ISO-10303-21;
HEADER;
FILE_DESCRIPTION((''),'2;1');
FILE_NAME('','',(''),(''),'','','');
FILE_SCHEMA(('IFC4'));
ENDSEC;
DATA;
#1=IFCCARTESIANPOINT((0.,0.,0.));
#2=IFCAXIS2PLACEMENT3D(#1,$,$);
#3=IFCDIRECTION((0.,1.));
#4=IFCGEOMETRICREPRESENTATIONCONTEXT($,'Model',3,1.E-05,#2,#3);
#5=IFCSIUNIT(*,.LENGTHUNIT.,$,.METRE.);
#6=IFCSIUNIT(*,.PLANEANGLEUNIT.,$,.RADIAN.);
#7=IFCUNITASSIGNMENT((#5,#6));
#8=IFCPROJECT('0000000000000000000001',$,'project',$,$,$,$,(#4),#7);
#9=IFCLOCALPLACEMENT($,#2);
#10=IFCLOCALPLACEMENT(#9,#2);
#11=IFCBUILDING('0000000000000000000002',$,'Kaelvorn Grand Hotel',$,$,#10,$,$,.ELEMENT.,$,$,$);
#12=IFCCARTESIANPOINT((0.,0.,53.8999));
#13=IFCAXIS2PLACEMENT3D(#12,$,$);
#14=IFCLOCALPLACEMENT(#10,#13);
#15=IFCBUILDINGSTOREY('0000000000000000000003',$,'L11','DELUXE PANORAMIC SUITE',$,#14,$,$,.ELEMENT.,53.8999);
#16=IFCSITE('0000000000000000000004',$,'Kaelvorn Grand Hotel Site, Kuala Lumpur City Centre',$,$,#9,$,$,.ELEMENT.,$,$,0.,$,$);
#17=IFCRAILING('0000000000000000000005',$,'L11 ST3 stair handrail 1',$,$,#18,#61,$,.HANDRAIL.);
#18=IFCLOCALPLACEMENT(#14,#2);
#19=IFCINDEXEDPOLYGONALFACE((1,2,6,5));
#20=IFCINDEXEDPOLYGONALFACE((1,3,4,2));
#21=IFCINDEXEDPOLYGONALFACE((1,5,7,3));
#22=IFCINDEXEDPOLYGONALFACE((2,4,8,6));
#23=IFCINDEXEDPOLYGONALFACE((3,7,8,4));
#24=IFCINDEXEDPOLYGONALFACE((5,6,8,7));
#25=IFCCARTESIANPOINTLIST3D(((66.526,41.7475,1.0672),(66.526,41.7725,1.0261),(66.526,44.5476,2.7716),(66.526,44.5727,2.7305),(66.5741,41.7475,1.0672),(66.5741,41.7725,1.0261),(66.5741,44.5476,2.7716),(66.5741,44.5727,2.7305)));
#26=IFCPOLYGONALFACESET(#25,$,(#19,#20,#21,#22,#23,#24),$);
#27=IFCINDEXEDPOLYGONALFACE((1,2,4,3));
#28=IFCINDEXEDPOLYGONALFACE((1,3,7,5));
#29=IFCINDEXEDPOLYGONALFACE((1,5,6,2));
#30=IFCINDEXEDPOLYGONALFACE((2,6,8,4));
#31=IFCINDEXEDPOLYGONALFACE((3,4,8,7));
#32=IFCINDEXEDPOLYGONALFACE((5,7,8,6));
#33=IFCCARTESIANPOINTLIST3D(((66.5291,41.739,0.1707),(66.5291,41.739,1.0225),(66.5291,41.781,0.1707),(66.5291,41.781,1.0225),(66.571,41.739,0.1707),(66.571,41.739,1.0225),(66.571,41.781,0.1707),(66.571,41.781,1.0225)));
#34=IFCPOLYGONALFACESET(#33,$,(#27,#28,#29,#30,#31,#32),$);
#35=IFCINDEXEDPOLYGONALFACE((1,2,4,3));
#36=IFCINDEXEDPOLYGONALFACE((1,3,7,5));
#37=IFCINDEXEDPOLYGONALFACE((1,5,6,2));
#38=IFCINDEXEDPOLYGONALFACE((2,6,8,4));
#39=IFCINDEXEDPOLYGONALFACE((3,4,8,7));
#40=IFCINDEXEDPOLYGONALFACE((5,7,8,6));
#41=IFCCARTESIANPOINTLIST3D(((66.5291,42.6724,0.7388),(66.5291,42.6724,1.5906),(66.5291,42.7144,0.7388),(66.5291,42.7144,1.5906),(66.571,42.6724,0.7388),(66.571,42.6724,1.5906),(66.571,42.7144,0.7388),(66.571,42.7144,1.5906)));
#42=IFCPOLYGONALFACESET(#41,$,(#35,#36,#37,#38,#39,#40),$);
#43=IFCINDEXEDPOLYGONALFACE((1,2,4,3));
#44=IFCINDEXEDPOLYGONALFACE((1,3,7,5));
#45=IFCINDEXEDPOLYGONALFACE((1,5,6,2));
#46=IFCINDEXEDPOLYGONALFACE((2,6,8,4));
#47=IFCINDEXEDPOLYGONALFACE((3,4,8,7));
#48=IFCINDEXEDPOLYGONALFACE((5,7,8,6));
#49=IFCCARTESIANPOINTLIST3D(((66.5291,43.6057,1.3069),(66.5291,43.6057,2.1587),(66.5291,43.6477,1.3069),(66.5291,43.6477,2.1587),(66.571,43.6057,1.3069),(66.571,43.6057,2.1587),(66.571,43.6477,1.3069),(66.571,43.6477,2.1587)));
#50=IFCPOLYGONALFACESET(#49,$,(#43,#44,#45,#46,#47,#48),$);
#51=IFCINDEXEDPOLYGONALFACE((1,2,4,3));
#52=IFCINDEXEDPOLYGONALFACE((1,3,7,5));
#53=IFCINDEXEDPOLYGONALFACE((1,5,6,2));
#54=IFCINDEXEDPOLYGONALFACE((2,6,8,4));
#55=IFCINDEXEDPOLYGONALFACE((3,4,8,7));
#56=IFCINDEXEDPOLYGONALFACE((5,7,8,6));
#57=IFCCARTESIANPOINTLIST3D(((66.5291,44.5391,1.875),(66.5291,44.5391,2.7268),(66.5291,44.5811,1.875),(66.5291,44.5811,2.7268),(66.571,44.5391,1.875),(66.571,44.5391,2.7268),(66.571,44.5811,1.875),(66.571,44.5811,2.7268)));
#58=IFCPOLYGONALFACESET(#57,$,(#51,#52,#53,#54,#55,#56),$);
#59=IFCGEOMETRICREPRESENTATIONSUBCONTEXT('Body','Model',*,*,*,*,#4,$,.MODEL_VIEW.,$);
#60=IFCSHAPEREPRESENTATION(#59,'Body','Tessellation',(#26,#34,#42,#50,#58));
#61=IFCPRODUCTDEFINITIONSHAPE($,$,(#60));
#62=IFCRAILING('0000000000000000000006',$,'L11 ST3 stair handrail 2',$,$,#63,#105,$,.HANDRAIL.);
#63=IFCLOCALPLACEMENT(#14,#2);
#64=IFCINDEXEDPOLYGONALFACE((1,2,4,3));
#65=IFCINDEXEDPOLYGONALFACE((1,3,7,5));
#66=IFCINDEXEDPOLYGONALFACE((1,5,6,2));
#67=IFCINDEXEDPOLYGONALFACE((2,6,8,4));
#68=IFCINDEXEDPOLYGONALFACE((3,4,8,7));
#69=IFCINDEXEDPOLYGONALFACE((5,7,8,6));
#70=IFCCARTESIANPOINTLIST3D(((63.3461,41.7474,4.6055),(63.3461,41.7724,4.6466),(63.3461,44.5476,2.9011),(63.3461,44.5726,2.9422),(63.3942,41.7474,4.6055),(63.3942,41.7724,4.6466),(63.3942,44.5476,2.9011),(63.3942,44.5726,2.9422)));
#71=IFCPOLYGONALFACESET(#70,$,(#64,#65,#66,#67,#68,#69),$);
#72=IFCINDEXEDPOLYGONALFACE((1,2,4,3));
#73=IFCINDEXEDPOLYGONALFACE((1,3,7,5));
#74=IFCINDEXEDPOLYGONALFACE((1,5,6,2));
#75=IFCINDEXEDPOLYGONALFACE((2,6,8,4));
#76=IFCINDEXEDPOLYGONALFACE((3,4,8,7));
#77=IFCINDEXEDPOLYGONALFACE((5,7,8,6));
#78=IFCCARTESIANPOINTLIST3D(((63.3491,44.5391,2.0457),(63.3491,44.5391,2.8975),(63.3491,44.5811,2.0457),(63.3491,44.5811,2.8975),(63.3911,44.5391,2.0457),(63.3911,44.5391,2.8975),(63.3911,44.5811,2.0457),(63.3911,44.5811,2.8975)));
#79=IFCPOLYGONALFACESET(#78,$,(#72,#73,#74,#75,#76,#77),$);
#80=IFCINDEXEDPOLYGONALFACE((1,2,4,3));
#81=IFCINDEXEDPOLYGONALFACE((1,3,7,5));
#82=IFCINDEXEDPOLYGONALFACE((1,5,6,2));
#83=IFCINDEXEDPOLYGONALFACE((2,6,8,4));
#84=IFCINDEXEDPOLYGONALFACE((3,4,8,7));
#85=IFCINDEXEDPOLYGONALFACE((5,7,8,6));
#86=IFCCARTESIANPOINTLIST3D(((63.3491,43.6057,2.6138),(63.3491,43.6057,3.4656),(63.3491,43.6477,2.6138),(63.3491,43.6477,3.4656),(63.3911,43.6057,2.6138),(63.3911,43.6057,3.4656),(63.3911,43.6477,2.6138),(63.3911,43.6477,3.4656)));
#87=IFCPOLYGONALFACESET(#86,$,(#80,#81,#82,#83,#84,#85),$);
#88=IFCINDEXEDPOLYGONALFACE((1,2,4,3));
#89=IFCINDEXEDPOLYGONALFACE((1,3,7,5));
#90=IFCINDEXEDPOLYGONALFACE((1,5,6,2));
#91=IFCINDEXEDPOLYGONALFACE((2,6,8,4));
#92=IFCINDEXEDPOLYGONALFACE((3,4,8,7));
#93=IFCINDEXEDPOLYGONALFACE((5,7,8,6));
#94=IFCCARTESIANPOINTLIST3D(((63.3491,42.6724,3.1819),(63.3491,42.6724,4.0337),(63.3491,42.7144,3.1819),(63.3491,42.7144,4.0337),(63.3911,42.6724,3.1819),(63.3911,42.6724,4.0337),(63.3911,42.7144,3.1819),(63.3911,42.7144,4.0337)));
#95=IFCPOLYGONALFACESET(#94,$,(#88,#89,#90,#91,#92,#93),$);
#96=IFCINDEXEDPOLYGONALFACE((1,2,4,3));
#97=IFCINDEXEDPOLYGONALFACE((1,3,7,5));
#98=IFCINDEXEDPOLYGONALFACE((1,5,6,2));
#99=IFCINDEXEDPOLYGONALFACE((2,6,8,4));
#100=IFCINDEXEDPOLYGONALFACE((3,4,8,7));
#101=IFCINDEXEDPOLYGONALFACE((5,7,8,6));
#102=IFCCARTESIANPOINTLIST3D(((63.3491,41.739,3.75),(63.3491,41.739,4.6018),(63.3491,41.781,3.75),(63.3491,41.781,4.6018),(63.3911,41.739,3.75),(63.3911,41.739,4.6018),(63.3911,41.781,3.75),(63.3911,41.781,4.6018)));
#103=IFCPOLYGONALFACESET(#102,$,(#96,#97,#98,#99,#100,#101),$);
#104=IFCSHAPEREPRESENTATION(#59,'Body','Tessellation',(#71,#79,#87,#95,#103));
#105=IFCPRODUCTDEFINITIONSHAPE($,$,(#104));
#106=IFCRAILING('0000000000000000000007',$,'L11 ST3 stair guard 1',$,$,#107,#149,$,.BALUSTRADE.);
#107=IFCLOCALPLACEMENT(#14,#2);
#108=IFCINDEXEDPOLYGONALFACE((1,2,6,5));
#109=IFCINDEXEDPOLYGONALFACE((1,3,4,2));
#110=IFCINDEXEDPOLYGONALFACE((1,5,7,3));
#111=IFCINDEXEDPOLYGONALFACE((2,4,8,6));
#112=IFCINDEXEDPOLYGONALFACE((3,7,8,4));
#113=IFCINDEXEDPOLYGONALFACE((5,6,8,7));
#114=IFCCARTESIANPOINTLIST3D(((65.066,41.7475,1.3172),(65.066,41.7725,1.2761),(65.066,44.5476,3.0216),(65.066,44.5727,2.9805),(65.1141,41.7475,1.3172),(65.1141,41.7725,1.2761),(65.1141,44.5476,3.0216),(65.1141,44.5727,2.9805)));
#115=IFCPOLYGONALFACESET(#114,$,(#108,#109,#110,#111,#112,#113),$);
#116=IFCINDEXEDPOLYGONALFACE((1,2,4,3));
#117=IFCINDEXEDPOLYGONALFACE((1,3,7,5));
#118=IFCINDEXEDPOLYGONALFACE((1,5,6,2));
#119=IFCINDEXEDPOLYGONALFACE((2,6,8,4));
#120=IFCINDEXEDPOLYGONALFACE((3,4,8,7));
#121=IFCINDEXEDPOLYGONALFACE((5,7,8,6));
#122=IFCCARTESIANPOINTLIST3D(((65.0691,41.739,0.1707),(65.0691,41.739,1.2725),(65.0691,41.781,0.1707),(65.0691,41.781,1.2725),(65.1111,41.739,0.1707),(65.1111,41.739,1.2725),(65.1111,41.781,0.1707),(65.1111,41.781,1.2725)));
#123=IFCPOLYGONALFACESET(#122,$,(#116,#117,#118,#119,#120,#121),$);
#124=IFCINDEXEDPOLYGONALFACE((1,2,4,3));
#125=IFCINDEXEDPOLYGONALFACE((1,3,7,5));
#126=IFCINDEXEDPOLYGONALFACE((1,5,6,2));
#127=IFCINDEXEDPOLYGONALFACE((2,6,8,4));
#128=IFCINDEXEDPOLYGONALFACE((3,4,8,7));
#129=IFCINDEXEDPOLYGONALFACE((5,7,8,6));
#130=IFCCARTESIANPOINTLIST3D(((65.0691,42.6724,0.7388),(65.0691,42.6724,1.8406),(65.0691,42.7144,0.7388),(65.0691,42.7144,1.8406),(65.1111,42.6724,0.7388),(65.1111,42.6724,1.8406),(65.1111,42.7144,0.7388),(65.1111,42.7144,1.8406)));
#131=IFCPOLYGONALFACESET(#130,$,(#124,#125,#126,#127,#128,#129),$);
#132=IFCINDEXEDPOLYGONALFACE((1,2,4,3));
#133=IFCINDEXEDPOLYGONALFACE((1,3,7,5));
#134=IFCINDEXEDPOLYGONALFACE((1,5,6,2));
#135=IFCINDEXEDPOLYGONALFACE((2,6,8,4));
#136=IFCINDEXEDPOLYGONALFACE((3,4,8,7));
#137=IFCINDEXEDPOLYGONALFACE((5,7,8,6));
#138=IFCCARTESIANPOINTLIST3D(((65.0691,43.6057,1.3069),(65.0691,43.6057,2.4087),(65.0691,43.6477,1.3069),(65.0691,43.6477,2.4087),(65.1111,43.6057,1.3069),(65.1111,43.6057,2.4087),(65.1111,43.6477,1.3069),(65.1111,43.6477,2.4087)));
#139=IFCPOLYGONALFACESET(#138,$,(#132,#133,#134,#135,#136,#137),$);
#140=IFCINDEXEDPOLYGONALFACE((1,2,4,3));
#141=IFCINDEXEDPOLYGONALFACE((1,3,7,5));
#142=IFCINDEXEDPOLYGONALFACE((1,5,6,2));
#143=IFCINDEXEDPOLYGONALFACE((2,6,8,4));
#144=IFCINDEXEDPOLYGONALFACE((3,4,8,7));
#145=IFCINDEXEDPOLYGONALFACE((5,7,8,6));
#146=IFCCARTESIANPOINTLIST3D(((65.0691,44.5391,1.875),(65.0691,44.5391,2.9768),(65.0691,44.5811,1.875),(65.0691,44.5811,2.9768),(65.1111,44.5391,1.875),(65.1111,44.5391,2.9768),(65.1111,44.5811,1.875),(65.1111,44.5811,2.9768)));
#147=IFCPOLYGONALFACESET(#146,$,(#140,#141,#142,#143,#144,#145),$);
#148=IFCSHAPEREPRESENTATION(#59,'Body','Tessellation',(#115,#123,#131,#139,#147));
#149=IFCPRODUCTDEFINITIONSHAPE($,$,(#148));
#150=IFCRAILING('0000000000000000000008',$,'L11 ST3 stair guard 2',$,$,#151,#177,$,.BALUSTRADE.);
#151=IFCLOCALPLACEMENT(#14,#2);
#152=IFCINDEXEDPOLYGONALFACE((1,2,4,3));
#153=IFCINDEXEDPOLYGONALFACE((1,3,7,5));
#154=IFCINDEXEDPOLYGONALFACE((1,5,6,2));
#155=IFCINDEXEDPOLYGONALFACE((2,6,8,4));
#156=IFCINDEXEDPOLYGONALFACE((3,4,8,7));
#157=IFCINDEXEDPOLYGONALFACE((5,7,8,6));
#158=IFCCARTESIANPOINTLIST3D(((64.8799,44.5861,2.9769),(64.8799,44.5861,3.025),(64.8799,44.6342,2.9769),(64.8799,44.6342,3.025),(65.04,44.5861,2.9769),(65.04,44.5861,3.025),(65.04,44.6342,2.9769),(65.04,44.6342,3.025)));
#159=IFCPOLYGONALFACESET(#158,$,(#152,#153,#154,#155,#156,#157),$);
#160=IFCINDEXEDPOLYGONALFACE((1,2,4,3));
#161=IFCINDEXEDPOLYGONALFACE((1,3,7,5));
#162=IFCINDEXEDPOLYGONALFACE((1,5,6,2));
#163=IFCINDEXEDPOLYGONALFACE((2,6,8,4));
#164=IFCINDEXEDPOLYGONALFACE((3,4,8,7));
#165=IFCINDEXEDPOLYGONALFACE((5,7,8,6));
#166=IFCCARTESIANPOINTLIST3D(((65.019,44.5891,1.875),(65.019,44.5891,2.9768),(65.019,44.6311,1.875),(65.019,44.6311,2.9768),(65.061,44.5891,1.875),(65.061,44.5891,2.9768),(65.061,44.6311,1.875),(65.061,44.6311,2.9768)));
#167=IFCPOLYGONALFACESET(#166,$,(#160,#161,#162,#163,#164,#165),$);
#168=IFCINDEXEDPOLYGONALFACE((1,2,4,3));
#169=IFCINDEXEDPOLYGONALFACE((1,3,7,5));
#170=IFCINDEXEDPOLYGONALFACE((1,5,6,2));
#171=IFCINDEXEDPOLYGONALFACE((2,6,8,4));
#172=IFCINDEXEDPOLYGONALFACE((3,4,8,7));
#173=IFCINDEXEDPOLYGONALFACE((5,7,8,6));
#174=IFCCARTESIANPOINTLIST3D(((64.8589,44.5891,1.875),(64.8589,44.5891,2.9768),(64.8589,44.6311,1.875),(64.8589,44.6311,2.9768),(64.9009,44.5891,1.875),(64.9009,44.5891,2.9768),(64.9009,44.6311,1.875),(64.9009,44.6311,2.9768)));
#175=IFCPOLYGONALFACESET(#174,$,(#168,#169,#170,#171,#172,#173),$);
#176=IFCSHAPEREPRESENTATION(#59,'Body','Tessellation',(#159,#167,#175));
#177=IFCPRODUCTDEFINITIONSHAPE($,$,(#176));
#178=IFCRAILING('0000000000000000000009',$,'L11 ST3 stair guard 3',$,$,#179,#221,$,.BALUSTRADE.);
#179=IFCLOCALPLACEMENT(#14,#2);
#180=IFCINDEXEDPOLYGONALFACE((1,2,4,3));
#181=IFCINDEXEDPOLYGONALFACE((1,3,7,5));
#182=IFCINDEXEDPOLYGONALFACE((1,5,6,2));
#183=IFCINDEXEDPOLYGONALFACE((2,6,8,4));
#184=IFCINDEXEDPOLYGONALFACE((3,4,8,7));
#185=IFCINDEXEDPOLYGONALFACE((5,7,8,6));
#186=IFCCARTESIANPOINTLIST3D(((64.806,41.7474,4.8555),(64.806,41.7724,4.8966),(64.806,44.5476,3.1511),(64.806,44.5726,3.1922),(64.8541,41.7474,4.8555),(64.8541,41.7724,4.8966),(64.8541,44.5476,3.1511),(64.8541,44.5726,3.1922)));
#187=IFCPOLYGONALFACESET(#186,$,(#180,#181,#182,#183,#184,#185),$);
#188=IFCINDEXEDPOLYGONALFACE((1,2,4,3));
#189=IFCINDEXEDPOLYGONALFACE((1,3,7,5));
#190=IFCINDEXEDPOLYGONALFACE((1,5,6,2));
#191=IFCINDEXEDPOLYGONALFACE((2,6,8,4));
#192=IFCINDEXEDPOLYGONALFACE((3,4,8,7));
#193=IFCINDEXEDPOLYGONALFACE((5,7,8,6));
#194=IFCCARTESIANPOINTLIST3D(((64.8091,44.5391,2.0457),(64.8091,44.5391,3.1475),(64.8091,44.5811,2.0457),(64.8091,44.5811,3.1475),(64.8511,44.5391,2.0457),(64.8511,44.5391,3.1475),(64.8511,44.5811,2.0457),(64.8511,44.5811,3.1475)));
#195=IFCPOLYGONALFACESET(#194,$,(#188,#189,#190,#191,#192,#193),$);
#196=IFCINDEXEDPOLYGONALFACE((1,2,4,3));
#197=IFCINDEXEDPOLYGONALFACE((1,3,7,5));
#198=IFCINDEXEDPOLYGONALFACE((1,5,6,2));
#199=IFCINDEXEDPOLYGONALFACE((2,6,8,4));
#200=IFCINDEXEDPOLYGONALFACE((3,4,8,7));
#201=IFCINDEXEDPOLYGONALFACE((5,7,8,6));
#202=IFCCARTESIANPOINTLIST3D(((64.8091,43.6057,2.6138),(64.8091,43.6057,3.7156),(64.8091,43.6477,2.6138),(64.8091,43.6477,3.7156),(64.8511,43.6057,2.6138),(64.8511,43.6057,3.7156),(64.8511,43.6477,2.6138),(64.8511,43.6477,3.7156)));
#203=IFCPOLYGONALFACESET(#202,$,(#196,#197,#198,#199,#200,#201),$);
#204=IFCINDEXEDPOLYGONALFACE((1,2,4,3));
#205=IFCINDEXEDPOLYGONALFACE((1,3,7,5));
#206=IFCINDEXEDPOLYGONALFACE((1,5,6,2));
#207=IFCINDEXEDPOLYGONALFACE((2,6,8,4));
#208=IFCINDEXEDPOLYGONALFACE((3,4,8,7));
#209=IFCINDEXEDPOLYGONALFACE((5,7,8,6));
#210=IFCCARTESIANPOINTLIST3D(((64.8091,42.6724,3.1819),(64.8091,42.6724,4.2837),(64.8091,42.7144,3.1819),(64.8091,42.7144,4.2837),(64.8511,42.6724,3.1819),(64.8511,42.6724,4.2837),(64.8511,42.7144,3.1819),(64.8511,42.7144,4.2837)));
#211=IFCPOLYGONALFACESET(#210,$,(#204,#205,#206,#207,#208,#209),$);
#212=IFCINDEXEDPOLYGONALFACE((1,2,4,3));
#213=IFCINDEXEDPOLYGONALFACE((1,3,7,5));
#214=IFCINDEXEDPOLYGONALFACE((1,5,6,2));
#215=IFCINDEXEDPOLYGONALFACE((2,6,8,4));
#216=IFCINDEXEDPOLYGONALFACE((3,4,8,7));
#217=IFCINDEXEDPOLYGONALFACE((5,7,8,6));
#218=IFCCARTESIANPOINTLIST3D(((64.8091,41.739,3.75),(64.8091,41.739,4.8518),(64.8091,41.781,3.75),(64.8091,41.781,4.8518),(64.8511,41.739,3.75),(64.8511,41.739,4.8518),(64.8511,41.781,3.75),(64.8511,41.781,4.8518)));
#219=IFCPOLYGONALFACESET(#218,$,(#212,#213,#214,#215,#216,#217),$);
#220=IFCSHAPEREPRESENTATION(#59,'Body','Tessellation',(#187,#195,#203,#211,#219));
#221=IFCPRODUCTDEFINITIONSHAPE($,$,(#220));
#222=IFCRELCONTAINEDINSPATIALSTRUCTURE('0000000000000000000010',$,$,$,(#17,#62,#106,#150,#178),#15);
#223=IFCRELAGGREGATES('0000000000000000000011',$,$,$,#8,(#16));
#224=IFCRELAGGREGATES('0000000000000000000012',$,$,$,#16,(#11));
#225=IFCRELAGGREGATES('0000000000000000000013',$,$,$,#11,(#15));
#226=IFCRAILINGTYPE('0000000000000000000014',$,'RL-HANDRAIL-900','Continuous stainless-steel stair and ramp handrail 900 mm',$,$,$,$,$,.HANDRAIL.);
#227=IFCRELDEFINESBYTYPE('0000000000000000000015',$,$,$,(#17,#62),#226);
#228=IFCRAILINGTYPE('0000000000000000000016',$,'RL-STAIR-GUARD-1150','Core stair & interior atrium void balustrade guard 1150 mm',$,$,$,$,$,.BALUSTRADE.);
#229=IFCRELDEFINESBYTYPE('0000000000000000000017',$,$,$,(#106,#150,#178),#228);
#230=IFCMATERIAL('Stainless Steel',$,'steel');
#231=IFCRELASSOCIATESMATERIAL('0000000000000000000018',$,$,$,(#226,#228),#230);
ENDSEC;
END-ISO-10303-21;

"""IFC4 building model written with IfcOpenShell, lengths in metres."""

from ifc_helpers import new_model, si_unit, direction, frame, origin, origin_2d, place, context, subcontext, project, spatial, rectangle, extrude, material, type_object, element, save


model = new_model("IFC4")

# Units and contexts
model_context = context("Model", 3, precision=1e-05, world=origin(), true_north=direction((0.0, 1.0)))
body_context = subcontext(model_context, "Body", "Model", "MODEL_VIEW")
ifc_project = project(units=[si_unit("LENGTHUNIT", "METRE"), si_unit("PLANEANGLEUNIT", "RADIAN")], contexts=[model_context])

# Site, building, storey
site_placement = place(None, origin())
site = spatial("IfcSite", under=ifc_project, at=site_placement, Name="Kaelvorn Grand Hotel Site, Kuala Lumpur City Centre", CompositionType="ELEMENT", RefElevation=0.0)
building_placement = place(site_placement, origin())
building = spatial("IfcBuilding", under=site, at=building_placement, Name="Kaelvorn Grand Hotel", CompositionType="ELEMENT")
storey_placement = place(building_placement, frame((0.0, 0.0, 53.8999)))
storey = spatial("IfcBuildingStorey", under=building, at=storey_placement, Name="L11", Description="DELUXE PANORAMIC SUITE", CompositionType="ELEMENT", Elevation=53.8999)

# Shared definitions
ifc_material_1 = material(Name="Stainless Steel", Category="steel")

# Railings
railing_type_1 = type_object("IfcRailingType", Name="RL-HANDRAIL-900", Description="Continuous stainless-steel stair and ramp handrail 900 mm", PredefinedType="HANDRAIL", material=ifc_material_1)
railing_1_placement = place(storey_placement, frame((66.55, 41.76, 0.1707)))
element("IfcRailing", 1, at=railing_1_placement, inside=storey, type_object=railing_type_1, Name="L11 ST3 stair handrail 1", PredefinedType="HANDRAIL", context=body_context, shape_type="SweptSolid", body=[
    extrude(rectangle(XDim=0.0481, YDim=0.0481, at=origin_2d()), frame((0.0, 0.0, 0.876), z_axis=(0.0, 0.854203, 0.51994), x_axis=(-1.0, 0.0, 0.0)), (0.0, 0.0, 1.0), 3.2781),
    extrude(rectangle(XDim=0.042, YDim=0.042, at=origin_2d()), origin(), (0.0, 0.0, 1.0), 0.8518),
    extrude(rectangle(XDim=0.042, YDim=0.042, at=origin_2d()), frame((0.0, 0.9333, 0.5681)), (0.0, 0.0, 1.0), 0.8518),
    extrude(rectangle(XDim=0.042, YDim=0.042, at=origin_2d()), frame((0.0, 1.8667, 1.1362)), (0.0, 0.0, 1.0), 0.8518),
    extrude(rectangle(XDim=0.042, YDim=0.042, at=origin_2d()), frame((0.0, 2.8, 1.7043)), (0.0, 0.0, 1.0), 0.8518),
])
railing_2_placement = place(storey_placement, frame((63.3701, 44.5601, 2.0457)))
element("IfcRailing", 2, at=railing_2_placement, inside=storey, type_object=railing_type_1, Name="L11 ST3 stair handrail 2", PredefinedType="HANDRAIL", context=body_context, shape_type="SweptSolid", body=[
    extrude(rectangle(XDim=0.0481, YDim=0.0481, at=origin_2d()), frame((0.0, 0.0, 0.876), z_axis=(0.0, -0.854203, 0.51994), x_axis=(1.0, 0.0, 0.0)), (0.0, 0.0, 1.0), 3.2781),
    extrude(rectangle(XDim=0.042, YDim=0.042, at=origin_2d()), origin(), (0.0, 0.0, 1.0), 0.8518),
    extrude(rectangle(XDim=0.042, YDim=0.042, at=origin_2d()), frame((0.0, -0.9333, 0.5681)), (0.0, 0.0, 1.0), 0.8518),
    extrude(rectangle(XDim=0.042, YDim=0.042, at=origin_2d()), frame((0.0, -1.8667, 1.1362)), (0.0, 0.0, 1.0), 0.8518),
    extrude(rectangle(XDim=0.042, YDim=0.042, at=origin_2d()), frame((0.0, -2.8, 1.7043)), (0.0, 0.0, 1.0), 0.8518),
])
railing_type_2 = type_object("IfcRailingType", Name="RL-STAIR-GUARD-1150", Description="Core stair & interior atrium void balustrade guard 1150 mm", PredefinedType="BALUSTRADE", material=ifc_material_1)
railing_3_placement = place(storey_placement, frame((65.0901, 41.76, 0.1707)))
element("IfcRailing", 3, at=railing_3_placement, inside=storey, type_object=railing_type_2, Name="L11 ST3 stair guard 1", PredefinedType="BALUSTRADE", context=body_context, shape_type="SweptSolid", body=[
    extrude(rectangle(XDim=0.0481, YDim=0.0481, at=origin_2d()), frame((0.0, 0.0, 1.126), z_axis=(0.0, 0.854203, 0.51994), x_axis=(-1.0, 0.0, 0.0)), (0.0, 0.0, 1.0), 3.2781),
    extrude(rectangle(XDim=0.042, YDim=0.042, at=origin_2d()), origin(), (0.0, 0.0, 1.0), 1.1018),
    extrude(rectangle(XDim=0.042, YDim=0.042, at=origin_2d()), frame((0.0, 0.9333, 0.5681)), (0.0, 0.0, 1.0), 1.1018),
    extrude(rectangle(XDim=0.042, YDim=0.042, at=origin_2d()), frame((0.0, 1.8667, 1.1362)), (0.0, 0.0, 1.0), 1.1018),
    extrude(rectangle(XDim=0.042, YDim=0.042, at=origin_2d()), frame((0.0, 2.8, 1.7043)), (0.0, 0.0, 1.0), 1.1018),
])
railing_4_placement = place(storey_placement, frame((65.04, 44.6101, 1.875)))
element("IfcRailing", 4, at=railing_4_placement, inside=storey, type_object=railing_type_2, Name="L11 ST3 stair guard 2", PredefinedType="BALUSTRADE", context=body_context, shape_type="SweptSolid", body=[
    extrude(rectangle(XDim=0.0481, YDim=0.0481, at=origin_2d()), frame((0.0, 0.0, 1.126), z_axis=(-1.0, 0.0, 0.0), x_axis=(0.0, -1.0, 0.0)), (0.0, 0.0, 1.0), 0.1602),
    extrude(rectangle(XDim=0.042, YDim=0.042, at=origin_2d()), origin(), (0.0, 0.0, 1.0), 1.1018),
    extrude(rectangle(XDim=0.042, YDim=0.042, at=origin_2d()), frame((-0.1602, 0.0, 0.0)), (0.0, 0.0, 1.0), 1.1018),
])
railing_5_placement = place(storey_placement, frame((64.8301, 44.5601, 2.0457)))
element("IfcRailing", 5, at=railing_5_placement, inside=storey, type_object=railing_type_2, Name="L11 ST3 stair guard 3", PredefinedType="BALUSTRADE", context=body_context, shape_type="SweptSolid", body=[
    extrude(rectangle(XDim=0.0481, YDim=0.0481, at=origin_2d()), frame((0.0, 0.0, 1.126), z_axis=(0.0, -0.854203, 0.51994), x_axis=(1.0, 0.0, 0.0)), (0.0, 0.0, 1.0), 3.2781),
    extrude(rectangle(XDim=0.042, YDim=0.042, at=origin_2d()), origin(), (0.0, 0.0, 1.0), 1.1018),
    extrude(rectangle(XDim=0.042, YDim=0.042, at=origin_2d()), frame((0.0, -0.9333, 0.5681)), (0.0, 0.0, 1.0), 1.1018),
    extrude(rectangle(XDim=0.042, YDim=0.042, at=origin_2d()), frame((0.0, -1.8667, 1.1362)), (0.0, 0.0, 1.0), 1.1018),
    extrude(rectangle(XDim=0.042, YDim=0.042, at=origin_2d()), frame((0.0, -2.8, 1.7043)), (0.0, 0.0, 1.0), 1.1018),
])

save(model, "model.ifc")
